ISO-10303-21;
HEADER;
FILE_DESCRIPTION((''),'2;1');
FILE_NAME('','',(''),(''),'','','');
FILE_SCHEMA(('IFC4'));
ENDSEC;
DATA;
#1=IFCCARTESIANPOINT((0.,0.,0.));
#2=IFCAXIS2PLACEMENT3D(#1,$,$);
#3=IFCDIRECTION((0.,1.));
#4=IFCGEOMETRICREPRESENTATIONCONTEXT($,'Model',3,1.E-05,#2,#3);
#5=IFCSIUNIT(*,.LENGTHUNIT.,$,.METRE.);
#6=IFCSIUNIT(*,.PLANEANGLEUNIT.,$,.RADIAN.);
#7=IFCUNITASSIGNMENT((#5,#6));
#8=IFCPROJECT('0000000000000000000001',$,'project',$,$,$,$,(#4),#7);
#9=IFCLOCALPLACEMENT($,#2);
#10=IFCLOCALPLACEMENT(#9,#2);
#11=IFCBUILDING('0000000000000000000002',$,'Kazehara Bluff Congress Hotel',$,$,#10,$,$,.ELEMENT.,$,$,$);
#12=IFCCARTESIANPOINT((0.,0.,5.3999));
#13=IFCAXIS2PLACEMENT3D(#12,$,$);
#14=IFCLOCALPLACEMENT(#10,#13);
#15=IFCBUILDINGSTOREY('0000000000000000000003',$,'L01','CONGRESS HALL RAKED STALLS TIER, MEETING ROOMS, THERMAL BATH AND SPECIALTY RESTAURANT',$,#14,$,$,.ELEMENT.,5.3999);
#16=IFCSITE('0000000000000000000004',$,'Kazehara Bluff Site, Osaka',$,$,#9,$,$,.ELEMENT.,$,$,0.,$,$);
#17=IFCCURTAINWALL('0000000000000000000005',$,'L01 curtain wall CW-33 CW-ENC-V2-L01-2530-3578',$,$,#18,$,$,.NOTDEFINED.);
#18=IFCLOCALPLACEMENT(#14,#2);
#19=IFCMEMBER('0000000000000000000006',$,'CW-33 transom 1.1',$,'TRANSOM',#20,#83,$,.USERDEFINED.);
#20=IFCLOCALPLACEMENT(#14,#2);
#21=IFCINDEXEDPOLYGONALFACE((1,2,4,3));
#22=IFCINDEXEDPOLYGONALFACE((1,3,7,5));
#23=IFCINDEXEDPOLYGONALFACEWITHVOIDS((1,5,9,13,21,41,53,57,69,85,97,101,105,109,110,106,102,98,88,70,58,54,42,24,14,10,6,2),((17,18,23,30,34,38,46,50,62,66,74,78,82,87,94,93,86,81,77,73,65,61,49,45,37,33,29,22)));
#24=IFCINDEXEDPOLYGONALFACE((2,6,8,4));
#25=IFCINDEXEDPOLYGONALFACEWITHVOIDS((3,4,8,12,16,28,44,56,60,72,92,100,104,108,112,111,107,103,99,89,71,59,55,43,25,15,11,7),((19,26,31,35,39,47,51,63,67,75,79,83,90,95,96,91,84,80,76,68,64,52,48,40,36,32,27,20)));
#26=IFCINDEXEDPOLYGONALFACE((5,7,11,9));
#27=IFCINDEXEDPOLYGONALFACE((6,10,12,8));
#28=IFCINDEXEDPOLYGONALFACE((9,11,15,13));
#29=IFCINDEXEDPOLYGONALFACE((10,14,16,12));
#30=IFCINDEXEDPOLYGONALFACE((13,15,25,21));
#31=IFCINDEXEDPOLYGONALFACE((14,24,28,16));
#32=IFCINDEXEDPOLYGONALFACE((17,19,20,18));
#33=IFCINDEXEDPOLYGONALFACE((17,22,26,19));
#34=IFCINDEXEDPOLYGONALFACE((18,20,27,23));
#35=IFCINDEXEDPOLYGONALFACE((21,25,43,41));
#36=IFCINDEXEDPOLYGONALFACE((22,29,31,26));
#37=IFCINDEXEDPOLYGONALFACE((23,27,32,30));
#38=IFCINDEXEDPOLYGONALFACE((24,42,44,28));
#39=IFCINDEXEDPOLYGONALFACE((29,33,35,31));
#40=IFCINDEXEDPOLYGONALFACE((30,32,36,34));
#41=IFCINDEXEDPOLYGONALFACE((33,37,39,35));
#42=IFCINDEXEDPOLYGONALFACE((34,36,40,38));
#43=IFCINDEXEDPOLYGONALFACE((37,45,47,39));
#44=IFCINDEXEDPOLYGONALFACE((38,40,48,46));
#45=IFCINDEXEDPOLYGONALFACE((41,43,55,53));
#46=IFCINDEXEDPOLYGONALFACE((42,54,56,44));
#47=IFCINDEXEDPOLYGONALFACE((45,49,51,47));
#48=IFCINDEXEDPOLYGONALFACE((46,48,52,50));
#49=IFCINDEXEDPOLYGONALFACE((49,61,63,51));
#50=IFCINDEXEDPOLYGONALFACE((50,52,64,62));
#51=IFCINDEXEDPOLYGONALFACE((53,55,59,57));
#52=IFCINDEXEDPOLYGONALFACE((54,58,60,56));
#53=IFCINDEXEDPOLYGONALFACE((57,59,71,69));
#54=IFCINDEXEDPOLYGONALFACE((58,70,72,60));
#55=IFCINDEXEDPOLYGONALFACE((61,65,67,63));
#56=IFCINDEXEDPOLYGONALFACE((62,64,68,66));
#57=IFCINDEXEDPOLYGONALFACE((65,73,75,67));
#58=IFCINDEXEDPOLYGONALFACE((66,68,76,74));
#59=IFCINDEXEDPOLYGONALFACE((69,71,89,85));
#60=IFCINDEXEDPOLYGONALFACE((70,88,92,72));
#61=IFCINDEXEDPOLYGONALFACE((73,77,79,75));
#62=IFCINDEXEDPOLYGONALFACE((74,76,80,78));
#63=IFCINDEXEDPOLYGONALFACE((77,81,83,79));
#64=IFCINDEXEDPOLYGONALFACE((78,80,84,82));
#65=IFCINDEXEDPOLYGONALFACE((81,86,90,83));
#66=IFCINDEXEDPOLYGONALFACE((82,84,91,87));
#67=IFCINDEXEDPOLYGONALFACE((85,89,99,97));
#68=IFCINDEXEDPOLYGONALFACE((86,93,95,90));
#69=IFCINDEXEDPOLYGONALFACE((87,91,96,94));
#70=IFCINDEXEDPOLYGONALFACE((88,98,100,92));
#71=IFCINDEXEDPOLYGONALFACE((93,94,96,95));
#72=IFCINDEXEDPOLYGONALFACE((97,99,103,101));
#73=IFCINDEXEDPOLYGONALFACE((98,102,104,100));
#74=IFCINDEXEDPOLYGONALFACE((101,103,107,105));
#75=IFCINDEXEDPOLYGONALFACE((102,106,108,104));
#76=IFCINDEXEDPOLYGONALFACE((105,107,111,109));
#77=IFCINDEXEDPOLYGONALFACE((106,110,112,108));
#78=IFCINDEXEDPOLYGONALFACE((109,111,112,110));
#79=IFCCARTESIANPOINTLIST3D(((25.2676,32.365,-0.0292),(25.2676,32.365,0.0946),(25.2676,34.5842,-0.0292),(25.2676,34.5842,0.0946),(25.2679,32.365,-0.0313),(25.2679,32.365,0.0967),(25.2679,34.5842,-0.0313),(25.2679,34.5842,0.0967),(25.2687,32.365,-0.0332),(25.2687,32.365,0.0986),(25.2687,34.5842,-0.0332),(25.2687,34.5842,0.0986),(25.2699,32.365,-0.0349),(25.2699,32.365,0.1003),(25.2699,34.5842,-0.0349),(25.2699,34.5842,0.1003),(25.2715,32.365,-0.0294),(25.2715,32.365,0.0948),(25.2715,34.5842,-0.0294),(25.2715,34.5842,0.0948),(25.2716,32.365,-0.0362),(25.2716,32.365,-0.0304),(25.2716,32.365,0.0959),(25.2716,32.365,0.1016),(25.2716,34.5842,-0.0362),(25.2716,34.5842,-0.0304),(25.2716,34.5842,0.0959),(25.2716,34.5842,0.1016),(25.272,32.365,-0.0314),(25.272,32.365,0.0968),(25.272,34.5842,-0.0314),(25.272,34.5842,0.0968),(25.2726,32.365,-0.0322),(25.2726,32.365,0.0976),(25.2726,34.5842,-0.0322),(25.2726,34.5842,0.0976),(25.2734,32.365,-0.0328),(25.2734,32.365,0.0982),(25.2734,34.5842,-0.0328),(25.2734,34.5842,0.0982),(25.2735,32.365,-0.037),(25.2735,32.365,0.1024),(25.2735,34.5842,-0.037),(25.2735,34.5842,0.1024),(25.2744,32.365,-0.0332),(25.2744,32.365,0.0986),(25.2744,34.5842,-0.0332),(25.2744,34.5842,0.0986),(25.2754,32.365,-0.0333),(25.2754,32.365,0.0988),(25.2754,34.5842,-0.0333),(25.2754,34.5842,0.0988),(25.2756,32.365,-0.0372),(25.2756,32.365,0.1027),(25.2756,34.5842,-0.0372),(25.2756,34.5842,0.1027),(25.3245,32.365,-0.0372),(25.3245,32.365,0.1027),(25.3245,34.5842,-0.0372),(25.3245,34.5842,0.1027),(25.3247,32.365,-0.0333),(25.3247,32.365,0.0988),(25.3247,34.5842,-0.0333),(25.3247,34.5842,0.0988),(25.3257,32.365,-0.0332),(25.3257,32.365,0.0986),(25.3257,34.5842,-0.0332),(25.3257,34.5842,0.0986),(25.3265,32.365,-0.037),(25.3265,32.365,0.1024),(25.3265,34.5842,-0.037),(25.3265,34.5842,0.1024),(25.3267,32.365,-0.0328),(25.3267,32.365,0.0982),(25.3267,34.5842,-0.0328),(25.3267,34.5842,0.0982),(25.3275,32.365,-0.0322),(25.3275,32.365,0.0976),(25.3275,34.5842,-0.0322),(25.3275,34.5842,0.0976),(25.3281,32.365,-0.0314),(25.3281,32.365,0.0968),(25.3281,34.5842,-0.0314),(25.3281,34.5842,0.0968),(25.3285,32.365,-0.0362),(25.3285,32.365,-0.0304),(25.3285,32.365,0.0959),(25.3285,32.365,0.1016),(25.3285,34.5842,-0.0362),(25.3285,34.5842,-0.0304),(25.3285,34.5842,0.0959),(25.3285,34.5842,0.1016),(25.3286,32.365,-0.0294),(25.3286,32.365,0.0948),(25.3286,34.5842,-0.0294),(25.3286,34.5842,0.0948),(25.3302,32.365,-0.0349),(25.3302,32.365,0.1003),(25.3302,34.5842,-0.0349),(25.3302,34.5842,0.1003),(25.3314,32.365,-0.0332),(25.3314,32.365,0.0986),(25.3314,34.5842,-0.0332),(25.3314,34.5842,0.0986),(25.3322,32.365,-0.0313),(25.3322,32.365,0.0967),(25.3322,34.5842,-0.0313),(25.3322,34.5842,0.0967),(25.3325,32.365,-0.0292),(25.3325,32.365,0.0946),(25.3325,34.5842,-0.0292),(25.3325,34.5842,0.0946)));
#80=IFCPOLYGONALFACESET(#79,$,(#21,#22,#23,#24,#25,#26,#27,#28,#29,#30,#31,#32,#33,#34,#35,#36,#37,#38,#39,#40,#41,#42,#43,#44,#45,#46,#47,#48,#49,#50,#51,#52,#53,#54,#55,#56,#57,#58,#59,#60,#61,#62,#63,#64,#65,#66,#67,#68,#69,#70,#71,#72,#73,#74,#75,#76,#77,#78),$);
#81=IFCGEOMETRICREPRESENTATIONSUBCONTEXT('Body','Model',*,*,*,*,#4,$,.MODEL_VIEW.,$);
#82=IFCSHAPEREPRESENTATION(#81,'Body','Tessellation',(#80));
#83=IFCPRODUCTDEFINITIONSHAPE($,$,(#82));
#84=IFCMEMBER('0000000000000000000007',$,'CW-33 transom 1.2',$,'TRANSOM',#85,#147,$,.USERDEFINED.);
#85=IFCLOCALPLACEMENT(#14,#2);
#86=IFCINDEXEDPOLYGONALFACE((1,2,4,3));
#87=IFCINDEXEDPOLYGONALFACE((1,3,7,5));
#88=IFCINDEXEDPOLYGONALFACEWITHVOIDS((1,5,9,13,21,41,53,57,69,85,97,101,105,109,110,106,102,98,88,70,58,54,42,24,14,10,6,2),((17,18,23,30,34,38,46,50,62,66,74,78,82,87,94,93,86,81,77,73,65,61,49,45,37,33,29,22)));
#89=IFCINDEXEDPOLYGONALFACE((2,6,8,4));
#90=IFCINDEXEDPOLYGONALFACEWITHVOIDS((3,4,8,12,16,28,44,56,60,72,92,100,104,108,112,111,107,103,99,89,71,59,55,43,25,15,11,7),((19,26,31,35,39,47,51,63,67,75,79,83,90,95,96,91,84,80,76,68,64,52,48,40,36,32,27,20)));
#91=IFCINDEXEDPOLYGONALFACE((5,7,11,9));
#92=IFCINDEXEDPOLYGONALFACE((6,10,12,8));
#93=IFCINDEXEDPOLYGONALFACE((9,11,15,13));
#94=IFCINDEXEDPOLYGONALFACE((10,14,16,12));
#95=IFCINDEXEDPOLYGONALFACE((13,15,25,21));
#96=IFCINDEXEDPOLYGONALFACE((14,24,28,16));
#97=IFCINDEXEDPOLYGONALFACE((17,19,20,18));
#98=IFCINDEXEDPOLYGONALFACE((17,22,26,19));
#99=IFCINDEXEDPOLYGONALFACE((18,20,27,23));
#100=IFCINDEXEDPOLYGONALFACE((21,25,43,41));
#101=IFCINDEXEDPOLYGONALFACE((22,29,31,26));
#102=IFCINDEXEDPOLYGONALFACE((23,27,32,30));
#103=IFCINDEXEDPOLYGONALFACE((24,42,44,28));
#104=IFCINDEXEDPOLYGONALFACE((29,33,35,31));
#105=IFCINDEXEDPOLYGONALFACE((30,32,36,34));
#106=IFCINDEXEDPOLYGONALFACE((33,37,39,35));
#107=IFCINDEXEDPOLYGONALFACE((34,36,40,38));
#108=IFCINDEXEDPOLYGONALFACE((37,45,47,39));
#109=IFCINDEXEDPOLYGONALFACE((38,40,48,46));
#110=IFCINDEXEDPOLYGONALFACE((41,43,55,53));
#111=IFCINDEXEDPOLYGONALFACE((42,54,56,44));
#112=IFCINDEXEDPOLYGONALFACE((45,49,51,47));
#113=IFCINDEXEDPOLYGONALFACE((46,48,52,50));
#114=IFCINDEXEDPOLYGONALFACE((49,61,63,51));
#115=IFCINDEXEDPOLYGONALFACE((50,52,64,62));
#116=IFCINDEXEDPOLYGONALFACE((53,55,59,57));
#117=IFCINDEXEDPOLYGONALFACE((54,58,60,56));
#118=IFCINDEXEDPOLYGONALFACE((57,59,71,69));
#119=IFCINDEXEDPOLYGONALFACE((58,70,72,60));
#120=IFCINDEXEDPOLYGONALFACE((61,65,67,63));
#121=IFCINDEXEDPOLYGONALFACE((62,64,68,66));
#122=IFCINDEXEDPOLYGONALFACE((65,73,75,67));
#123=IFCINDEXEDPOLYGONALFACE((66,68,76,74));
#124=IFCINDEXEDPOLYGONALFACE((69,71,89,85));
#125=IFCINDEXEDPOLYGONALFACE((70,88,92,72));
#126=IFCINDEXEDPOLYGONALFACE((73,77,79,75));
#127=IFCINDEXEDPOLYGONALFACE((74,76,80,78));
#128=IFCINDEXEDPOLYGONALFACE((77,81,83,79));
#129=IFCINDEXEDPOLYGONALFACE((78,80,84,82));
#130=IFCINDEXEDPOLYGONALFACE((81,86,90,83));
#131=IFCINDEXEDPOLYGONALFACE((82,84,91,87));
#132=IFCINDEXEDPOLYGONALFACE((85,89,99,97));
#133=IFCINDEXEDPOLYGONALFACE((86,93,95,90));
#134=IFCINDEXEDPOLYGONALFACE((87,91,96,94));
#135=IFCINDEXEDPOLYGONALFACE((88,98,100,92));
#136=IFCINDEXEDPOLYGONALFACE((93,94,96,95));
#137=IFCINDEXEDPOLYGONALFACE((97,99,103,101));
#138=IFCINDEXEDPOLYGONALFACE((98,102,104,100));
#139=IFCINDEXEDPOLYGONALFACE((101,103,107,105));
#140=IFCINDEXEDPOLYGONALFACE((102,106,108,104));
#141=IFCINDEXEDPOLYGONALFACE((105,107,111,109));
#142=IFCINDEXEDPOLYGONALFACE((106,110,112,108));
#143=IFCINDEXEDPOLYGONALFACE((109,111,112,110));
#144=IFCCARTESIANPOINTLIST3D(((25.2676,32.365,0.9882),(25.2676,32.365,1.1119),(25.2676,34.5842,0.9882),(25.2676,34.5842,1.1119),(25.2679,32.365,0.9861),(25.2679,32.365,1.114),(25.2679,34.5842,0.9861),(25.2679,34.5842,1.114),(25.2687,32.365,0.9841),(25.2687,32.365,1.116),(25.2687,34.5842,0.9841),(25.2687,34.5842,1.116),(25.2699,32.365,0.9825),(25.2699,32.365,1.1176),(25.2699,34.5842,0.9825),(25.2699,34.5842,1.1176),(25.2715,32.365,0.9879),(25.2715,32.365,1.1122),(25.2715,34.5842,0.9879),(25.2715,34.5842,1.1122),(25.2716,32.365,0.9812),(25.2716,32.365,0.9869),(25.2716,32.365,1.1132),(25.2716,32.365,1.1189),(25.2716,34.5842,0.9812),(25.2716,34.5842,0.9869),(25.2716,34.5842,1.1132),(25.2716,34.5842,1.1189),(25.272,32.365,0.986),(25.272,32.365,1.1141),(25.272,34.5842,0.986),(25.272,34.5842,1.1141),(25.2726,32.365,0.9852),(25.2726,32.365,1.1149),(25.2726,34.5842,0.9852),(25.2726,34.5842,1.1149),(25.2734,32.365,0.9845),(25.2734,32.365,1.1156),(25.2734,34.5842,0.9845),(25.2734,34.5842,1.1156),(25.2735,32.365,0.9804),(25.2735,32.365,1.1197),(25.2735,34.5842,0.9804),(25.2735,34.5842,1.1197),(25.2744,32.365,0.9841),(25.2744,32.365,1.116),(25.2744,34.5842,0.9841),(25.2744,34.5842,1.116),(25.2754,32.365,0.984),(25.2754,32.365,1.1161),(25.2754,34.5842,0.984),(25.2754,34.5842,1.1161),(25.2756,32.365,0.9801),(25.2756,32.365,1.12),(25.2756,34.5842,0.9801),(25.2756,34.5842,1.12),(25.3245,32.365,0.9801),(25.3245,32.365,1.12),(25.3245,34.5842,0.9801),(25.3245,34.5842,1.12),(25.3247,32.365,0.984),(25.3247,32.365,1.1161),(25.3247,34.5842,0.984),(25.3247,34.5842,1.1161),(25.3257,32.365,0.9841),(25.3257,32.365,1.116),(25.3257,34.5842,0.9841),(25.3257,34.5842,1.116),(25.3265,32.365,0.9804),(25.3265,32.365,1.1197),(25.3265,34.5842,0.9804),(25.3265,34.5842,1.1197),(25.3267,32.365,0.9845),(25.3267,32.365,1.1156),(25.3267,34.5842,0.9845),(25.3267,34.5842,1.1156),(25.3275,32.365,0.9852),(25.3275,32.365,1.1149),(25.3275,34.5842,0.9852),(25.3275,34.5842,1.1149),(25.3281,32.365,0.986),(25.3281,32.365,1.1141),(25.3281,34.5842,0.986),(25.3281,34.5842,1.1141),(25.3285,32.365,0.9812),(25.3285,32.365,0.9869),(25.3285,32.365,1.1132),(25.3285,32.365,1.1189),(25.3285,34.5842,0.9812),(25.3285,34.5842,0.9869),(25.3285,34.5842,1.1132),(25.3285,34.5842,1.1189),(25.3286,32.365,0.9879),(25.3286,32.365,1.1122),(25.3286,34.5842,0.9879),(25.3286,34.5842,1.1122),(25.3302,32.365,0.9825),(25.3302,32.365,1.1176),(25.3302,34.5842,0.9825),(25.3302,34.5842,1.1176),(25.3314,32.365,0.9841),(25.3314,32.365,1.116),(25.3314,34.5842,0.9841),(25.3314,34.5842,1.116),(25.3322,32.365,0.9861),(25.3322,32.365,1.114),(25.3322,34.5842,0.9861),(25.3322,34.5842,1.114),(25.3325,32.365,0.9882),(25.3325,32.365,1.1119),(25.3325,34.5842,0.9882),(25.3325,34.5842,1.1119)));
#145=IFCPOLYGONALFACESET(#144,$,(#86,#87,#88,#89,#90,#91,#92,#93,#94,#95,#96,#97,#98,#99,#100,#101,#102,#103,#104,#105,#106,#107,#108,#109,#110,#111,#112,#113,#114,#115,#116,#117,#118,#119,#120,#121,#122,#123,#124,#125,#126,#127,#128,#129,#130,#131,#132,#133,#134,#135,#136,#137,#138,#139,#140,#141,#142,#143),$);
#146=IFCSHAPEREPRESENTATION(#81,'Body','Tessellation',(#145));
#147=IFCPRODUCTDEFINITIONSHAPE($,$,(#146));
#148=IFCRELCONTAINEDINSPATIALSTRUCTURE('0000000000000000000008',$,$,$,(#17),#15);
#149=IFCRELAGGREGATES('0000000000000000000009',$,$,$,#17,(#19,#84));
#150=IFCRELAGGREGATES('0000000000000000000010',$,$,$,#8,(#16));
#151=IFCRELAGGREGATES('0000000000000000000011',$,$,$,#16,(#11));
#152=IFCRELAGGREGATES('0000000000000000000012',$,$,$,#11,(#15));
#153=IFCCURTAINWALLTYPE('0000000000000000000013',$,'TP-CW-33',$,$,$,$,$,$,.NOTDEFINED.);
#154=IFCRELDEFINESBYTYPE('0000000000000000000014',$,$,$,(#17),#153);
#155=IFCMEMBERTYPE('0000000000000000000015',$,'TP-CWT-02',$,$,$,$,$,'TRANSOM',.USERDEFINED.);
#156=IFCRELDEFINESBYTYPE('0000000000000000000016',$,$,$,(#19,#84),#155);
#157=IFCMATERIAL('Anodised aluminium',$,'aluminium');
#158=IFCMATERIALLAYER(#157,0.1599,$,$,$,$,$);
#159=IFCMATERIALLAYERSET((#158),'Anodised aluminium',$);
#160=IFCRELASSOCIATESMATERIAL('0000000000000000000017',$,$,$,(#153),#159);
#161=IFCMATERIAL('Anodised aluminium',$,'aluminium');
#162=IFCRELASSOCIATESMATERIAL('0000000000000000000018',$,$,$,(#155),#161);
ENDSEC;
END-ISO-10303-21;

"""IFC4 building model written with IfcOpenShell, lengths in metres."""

from ifc_helpers import new_model, si_unit, direction, frame, origin, origin_2d, place, context, subcontext, project, spatial, hollow_rectangle, extrude, material, layer, layer_set, material_profile, profile_set, type_object, element, aggregate, save


model = new_model("IFC4")

# Units and contexts
model_context = context("Model", 3, precision=1e-05, world=origin(), true_north=direction((0.0, 1.0)))
body_context = subcontext(model_context, "Body", "Model", "MODEL_VIEW")
ifc_project = project(units=[si_unit("LENGTHUNIT", "METRE"), si_unit("PLANEANGLEUNIT", "RADIAN")], contexts=[model_context])

# Site, building, storey
site_placement = place(None, origin())
site = spatial("IfcSite", under=ifc_project, at=site_placement, Name="Kazehara Bluff Site, Osaka", CompositionType="ELEMENT", RefElevation=0.0)
building_placement = place(site_placement, origin())
building = spatial("IfcBuilding", under=site, at=building_placement, Name="Kazehara Bluff Congress Hotel", CompositionType="ELEMENT")
storey_placement = place(building_placement, frame((0.0, 0.0, 5.3999)))
storey = spatial("IfcBuildingStorey", under=building, at=storey_placement, Name="L01", Description="CONGRESS HALL RAKED STALLS TIER, MEETING ROOMS, THERMAL BATH AND SPECIALTY RESTAURANT", CompositionType="ELEMENT", Elevation=5.3999)

# Curtain wall
ifc_material_1 = material(Name="Anodised aluminium", Category="aluminium")
ifc_layer_1 = layer(ifc_material_1, 0.1599)
ifc_layer_set_1 = layer_set([ifc_layer_1], Name="Anodised aluminium")
curtain_wall_type_1 = type_object("IfcCurtainWallType", Name="TP-CW-33", PredefinedType="NOTDEFINED", material=ifc_layer_set_1)
curtain_wall_1_placement = place(storey_placement, origin())
curtain_wall_1 = element("IfcCurtainWall", 1, at=curtain_wall_1_placement, inside=storey, type_object=curtain_wall_type_1, Name="L01 curtain wall CW-33 CW-ENC-V2-L01-2530-3578", PredefinedType="NOTDEFINED")

# Members
ifc_material_2 = material(Name="Anodised aluminium", Category="aluminium")
ifc_material_profile_1 = material_profile(ifc_material_2, hollow_rectangle(XDim=0.0649, YDim=0.1399, WallThickness=0.0039, InnerFilletRadius=0.0039, OuterFilletRadius=0.0081, at=origin_2d()))
ifc_profile_set_1 = profile_set([ifc_material_profile_1], Name="Anodised aluminium")
member_type_1 = type_object("IfcMemberType", Name="TP-CWT-02", ElementType="TRANSOM", PredefinedType="USERDEFINED", material=ifc_profile_set_1)
member_1_placement = place(storey_placement, frame((25.3, 32.365, 0.0327), z_axis=(0.0, 1.0, 0.0), x_axis=(-1.0, 0.0, 0.0)))
member_1 = element("IfcMember", 2, at=member_1_placement, type_object=member_type_1, Name="CW-33 transom 1.1", ObjectType="TRANSOM", PredefinedType="USERDEFINED", context=body_context, shape_type="SweptSolid", body=[
    extrude(hollow_rectangle(XDim=0.0649, YDim=0.1399, WallThickness=0.0039, InnerFilletRadius=0.0039, OuterFilletRadius=0.0081, at=origin_2d()), origin(), (0.0, 0.0, 1.0), 2.2192),
])
member_2_placement = place(storey_placement, frame((25.3, 32.365, 1.05), z_axis=(0.0, 1.0, 0.0), x_axis=(-1.0, 0.0, 0.0)))
member_2 = element("IfcMember", 3, at=member_2_placement, type_object=member_type_1, Name="CW-33 transom 1.2", ObjectType="TRANSOM", PredefinedType="USERDEFINED", context=body_context, shape_type="SweptSolid", body=[
    extrude(hollow_rectangle(XDim=0.0649, YDim=0.1399, WallThickness=0.0039, InnerFilletRadius=0.0039, OuterFilletRadius=0.0081, at=origin_2d()), origin(), (0.0, 0.0, 1.0), 2.2192),
])

aggregate(curtain_wall_1, [member_1, member_2])

save(model, "model.ifc")
